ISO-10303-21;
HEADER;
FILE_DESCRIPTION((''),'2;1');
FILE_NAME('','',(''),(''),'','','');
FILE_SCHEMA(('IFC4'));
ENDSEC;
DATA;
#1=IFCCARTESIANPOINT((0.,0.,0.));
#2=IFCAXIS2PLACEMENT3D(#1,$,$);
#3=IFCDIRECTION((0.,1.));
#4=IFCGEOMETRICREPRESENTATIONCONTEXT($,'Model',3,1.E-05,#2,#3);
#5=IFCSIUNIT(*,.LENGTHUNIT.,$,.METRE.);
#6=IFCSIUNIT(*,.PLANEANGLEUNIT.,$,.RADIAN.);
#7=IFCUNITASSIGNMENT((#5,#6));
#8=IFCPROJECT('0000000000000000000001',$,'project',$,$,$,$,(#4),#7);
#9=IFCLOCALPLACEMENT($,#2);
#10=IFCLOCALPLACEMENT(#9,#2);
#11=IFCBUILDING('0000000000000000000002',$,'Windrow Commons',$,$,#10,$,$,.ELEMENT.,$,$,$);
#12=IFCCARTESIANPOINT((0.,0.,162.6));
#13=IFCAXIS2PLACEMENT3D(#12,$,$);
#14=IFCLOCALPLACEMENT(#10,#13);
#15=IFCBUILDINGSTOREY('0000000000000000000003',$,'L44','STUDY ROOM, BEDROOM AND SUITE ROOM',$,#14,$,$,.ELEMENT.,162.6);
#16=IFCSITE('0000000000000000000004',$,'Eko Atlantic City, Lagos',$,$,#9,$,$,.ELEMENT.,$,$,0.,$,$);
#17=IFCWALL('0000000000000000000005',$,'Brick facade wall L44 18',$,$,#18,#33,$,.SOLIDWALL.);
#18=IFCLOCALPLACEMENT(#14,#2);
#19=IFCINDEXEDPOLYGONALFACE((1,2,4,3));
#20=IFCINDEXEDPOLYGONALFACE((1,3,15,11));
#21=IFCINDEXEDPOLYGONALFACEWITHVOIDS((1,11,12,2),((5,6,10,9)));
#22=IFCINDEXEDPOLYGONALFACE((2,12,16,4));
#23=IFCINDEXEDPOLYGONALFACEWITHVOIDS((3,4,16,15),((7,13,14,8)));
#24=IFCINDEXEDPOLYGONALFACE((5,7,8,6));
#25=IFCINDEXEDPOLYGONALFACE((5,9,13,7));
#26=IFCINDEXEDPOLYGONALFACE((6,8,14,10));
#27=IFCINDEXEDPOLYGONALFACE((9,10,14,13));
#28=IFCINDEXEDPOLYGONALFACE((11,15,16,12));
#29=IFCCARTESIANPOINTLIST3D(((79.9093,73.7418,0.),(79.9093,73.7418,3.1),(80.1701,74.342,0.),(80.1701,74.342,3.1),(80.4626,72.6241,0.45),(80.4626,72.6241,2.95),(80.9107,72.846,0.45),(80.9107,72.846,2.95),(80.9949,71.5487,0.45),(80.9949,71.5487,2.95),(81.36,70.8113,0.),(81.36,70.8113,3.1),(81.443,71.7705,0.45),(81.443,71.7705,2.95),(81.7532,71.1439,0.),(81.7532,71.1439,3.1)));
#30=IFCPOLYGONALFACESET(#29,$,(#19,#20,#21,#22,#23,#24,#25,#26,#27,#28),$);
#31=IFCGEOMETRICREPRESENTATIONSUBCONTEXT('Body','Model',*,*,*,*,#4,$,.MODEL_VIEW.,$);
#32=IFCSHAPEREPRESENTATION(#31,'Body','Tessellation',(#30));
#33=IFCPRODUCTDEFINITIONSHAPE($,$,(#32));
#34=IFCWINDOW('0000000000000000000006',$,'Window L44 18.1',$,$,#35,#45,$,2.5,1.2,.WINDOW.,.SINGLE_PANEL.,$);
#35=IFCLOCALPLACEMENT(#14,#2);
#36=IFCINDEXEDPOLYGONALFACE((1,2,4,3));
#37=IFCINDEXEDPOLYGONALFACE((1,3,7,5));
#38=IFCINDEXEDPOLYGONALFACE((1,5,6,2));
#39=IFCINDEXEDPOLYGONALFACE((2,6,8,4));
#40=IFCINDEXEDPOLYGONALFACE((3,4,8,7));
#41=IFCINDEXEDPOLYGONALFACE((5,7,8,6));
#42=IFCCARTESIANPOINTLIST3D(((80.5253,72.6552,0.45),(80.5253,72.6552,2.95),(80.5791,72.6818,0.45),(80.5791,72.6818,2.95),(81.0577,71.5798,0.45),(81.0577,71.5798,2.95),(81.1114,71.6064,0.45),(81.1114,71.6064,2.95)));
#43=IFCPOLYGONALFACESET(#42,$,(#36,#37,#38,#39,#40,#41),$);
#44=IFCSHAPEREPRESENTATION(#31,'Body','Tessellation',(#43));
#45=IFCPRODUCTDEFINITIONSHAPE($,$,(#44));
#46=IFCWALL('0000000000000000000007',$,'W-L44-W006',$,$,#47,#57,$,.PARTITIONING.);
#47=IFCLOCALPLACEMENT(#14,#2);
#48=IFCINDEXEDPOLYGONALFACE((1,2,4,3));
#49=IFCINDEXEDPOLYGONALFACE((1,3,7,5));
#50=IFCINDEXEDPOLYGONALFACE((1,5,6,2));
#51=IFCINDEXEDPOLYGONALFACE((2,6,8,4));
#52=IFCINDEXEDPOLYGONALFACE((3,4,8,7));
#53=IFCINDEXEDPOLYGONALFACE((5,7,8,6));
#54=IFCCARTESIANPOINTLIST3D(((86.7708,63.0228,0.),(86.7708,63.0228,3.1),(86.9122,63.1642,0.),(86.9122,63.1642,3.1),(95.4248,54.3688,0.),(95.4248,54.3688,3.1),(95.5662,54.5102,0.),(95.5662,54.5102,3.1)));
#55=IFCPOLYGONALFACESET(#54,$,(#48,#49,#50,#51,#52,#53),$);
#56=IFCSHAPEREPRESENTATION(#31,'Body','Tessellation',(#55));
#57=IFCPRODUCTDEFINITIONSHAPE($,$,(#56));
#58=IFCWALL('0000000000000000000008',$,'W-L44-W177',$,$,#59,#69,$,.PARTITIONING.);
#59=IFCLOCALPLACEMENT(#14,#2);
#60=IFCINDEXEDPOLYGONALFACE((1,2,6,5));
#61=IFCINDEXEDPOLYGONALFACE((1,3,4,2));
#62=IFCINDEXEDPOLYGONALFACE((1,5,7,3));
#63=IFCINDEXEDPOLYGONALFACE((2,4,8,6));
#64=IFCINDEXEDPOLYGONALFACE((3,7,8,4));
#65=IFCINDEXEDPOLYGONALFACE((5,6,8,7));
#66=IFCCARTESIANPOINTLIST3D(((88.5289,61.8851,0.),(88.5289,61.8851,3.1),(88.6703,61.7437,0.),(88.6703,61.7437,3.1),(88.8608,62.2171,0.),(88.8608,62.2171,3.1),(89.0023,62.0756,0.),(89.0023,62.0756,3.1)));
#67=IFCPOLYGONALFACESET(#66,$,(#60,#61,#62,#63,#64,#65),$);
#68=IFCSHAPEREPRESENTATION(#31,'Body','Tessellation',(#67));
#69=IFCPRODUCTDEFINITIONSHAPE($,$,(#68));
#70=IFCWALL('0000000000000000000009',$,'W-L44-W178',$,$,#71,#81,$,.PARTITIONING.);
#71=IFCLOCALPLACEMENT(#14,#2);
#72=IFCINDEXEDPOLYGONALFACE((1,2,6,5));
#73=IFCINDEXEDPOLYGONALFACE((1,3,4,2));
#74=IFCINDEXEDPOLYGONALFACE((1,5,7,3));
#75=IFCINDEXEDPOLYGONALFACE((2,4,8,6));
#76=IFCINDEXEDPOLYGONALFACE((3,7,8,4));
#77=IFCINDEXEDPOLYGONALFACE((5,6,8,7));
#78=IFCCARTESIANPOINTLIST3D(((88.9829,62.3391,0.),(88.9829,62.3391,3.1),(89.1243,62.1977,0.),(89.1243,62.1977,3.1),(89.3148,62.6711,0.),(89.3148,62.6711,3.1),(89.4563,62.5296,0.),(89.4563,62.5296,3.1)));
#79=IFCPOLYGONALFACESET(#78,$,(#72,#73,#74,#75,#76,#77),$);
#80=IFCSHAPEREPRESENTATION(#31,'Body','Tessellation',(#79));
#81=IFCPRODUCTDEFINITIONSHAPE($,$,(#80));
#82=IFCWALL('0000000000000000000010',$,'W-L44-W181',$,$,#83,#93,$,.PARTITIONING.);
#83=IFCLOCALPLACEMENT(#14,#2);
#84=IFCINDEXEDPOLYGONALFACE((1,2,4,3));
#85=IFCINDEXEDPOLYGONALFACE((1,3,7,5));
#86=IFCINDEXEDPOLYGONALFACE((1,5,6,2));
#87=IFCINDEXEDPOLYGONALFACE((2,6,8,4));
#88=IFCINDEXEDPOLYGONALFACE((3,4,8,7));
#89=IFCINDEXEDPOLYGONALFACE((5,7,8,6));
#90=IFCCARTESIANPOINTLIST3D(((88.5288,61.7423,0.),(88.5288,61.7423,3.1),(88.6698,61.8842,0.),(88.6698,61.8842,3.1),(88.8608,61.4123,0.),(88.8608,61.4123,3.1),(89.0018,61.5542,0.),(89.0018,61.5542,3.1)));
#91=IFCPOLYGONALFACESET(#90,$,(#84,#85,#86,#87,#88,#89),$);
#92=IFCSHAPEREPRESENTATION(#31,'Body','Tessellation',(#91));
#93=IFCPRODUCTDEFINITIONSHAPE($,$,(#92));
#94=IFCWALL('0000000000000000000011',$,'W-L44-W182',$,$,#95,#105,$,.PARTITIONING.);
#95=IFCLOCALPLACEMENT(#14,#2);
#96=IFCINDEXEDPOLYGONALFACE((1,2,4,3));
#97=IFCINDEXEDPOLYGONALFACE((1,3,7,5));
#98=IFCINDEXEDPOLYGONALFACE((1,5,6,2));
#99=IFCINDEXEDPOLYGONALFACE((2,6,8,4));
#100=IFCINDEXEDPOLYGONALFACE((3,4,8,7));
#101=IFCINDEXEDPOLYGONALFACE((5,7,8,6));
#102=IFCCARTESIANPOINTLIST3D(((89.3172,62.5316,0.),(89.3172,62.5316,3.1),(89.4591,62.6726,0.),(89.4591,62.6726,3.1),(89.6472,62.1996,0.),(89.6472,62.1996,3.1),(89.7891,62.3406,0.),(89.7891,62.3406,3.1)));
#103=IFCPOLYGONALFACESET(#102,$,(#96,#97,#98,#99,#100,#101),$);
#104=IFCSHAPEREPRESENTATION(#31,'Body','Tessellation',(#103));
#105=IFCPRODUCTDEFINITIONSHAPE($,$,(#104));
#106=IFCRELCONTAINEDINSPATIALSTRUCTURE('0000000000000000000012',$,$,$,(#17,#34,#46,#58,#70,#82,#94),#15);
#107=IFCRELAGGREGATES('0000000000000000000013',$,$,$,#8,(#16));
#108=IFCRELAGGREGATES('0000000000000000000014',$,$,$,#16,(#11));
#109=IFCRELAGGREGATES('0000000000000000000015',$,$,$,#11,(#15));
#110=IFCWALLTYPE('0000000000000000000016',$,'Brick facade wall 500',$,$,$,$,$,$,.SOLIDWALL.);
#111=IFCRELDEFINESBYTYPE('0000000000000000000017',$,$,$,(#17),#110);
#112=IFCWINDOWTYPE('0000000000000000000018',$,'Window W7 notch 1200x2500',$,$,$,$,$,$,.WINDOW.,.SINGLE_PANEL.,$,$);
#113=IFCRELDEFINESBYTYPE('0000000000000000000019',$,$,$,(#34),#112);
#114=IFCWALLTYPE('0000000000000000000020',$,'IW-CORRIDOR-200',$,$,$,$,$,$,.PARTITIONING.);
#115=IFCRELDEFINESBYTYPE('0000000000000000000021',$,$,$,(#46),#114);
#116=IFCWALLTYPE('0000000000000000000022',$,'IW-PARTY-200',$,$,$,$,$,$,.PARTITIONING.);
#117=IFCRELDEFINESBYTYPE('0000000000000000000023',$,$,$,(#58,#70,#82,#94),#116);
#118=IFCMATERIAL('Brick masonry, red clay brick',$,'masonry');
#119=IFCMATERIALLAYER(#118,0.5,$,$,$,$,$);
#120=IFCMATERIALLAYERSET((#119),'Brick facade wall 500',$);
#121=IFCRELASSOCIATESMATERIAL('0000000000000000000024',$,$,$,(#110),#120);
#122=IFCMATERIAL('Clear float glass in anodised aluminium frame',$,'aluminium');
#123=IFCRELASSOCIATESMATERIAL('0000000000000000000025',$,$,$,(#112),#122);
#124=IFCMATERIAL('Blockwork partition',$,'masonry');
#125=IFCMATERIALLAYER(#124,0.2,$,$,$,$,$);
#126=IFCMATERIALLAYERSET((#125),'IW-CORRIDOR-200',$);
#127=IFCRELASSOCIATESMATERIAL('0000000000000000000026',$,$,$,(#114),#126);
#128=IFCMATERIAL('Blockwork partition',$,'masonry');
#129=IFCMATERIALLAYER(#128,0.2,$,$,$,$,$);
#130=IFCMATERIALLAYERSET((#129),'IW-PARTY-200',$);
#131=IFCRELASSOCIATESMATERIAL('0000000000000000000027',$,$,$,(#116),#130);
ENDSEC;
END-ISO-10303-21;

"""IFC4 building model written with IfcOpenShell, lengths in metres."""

from ifc_helpers import new_model, si_unit, direction, frame, frame_2d, origin, place, context, subcontext, project, spatial, polyline, rectangle, outline, extrude, material, layer, layer_set, type_object, element, fill, save


model = new_model("IFC4")

# Units and contexts
model_context = context("Model", 3, precision=1e-05, world=origin(), true_north=direction((0.0, 1.0)))
body_context = subcontext(model_context, "Body", "Model", "MODEL_VIEW")
ifc_project = project(units=[si_unit("LENGTHUNIT", "METRE"), si_unit("PLANEANGLEUNIT", "RADIAN")], contexts=[model_context])

# Site, building, storey
site_placement = place(None, origin())
site = spatial("IfcSite", under=ifc_project, at=site_placement, Name="Eko Atlantic City, Lagos", CompositionType="ELEMENT", RefElevation=0.0)
building_placement = place(site_placement, origin())
building = spatial("IfcBuilding", under=site, at=building_placement, Name="Windrow Commons", CompositionType="ELEMENT")
storey_placement = place(building_placement, frame((0.0, 0.0, 162.6)))
storey = spatial("IfcBuildingStorey", under=building, at=storey_placement, Name="L44", Description="STUDY ROOM, BEDROOM AND SUITE ROOM", CompositionType="ELEMENT", Elevation=162.6)

# Shared definitions
ifc_material_1 = material(Name="Brick masonry, red clay brick", Category="masonry")
ifc_layer_1 = layer(ifc_material_1, 0.5)
ifc_layer_set_1 = layer_set([ifc_layer_1], Name="Brick facade wall 500")
wall_type_1 = type_object("IfcWallType", Name="Brick facade wall 500", PredefinedType="SOLIDWALL", material=ifc_layer_set_1)
ifc_material_2 = material(Name="Clear float glass in anodised aluminium frame", Category="aluminium")
window_type = type_object("IfcWindowType", Name="Window W7 notch 1200x2500", PartitioningType="SINGLE_PANEL", PredefinedType="WINDOW", material=ifc_material_2)

# Wall, opening, window
wall_1_placement = place(storey_placement, frame((81.5566, 70.9776, 0.0), z_axis=(0.0, 0.0, 1.0), x_axis=(-0.443642, 0.896204, 0.0)))
wall_1 = element("IfcWall", 1, at=wall_1_placement, inside=storey, type_object=wall_type_1, Name="Brick facade wall L44 18", PredefinedType="SOLIDWALL", context=body_context, shape_type="SweptSolid", body=[
    extrude(outline(polyline([(0.0618, -0.25), (3.6303, -0.25), (3.2081, 0.25), (-0.0618, 0.25), (0.0618, -0.25)])), origin(), (0.0, 0.0, 1.0), 3.1),
])
opening_1_placement = place(wall_1_placement, frame((0.761, 0.0, 0.45)))
opening_1 = element("IfcOpeningElement", 2, at=opening_1_placement, cuts=wall_1, PredefinedType="OPENING", context=body_context, shape_type="SweptSolid", body=[
    extrude(rectangle(XDim=1.2, YDim=2.5, at=frame_2d((0.6, 1.25))), frame((0.0, 0.26, 0.0), z_axis=(0.0, -1.0, 0.0), x_axis=(1.0, 0.0, 0.0)), (0.0, 0.0, 1.0), 0.52),
])
window_1_placement = place(opening_1_placement, origin())
window_1 = element("IfcWindow", 3, at=window_1_placement, inside=storey, type_object=window_type, Name="Window L44 18.1", OverallHeight=2.5, OverallWidth=1.2, PartitioningType="SINGLE_PANEL", PredefinedType="WINDOW", context=body_context, shape_type="SweptSolid", body=[
    extrude(rectangle(XDim=1.2, YDim=2.5, at=frame_2d((0.6, 1.25))), frame((0.0, 0.18, 0.0), z_axis=(0.0, -1.0, 0.0), x_axis=(1.0, 0.0, 0.0)), (0.0, 0.0, 1.0), 0.06),
])
fill(opening_1, window_1)

# Walls
ifc_material_3 = material(Name="Blockwork partition", Category="masonry")
ifc_layer_2 = layer(ifc_material_3, 0.2)
ifc_layer_set_2 = layer_set([ifc_layer_2], Name="IW-CORRIDOR-200")
wall_type_2 = type_object("IfcWallType", Name="IW-CORRIDOR-200", PredefinedType="PARTITIONING", material=ifc_layer_set_2)
wall_2_placement = place(storey_placement, frame((86.8415, 63.0935, 0.0), z_axis=(0.0, 0.0, 1.0), x_axis=(0.707107, -0.707107, 0.0)))
element("IfcWall", 4, at=wall_2_placement, inside=storey, type_object=wall_type_2, Name="W-L44-W006", PredefinedType="PARTITIONING", context=body_context, shape_type="SweptSolid", body=[
    extrude(rectangle(XDim=12.2386, YDim=0.2, at=frame_2d((6.1193, 0.0))), origin(), (0.0, 0.0, 1.0), 3.1),
])
ifc_material_4 = material(Name="Blockwork partition", Category="masonry")
ifc_layer_3 = layer(ifc_material_4, 0.2)
ifc_layer_set_3 = layer_set([ifc_layer_3], Name="IW-PARTY-200")
wall_type_3 = type_object("IfcWallType", Name="IW-PARTY-200", PredefinedType="PARTITIONING", material=ifc_layer_set_3)
for number, where, z_axis, x_axis, name in (
    (5, (88.5996, 61.8144, 0.0), (0.0, 0.0, 1.0), (0.707107, 0.707107, 0.0), "W-L44-W177"),
    (6, (89.0536, 62.2684, 0.0), (0.0, 0.0, 1.0), (0.707107, 0.707107, 0.0), "W-L44-W178"),
):
    element("IfcWall", number, at=place(storey_placement, frame(where, z_axis=z_axis, x_axis=x_axis)), inside=storey, type_object=wall_type_3, Name=name, PredefinedType="PARTITIONING", context=body_context, shape_type="SweptSolid", body=[
        extrude(rectangle(XDim=0.4695, YDim=0.2, at=frame_2d((0.2347, 0.0))), origin(), (0.0, 0.0, 1.0), 3.1),
    ])
for number, where, z_axis, x_axis, name in (
    (7, (88.5993, 61.8133, 0.0), (0.0, 0.0, 1.0), (0.70924, -0.704967, 0.0), "W-L44-W181"),
    (8, (89.3881, 62.6021, 0.0), (0.0, 0.0, 1.0), (0.704967, -0.70924, 0.0), "W-L44-W182"),
):
    element("IfcWall", number, at=place(storey_placement, frame(where, z_axis=z_axis, x_axis=x_axis)), inside=storey, type_object=wall_type_3, Name=name, PredefinedType="PARTITIONING", context=body_context, shape_type="SweptSolid", body=[
        extrude(rectangle(XDim=0.4681, YDim=0.2, at=frame_2d((0.2341, 0.0))), origin(), (0.0, 0.0, 1.0), 3.1),
    ])

save(model, "model.ifc")
